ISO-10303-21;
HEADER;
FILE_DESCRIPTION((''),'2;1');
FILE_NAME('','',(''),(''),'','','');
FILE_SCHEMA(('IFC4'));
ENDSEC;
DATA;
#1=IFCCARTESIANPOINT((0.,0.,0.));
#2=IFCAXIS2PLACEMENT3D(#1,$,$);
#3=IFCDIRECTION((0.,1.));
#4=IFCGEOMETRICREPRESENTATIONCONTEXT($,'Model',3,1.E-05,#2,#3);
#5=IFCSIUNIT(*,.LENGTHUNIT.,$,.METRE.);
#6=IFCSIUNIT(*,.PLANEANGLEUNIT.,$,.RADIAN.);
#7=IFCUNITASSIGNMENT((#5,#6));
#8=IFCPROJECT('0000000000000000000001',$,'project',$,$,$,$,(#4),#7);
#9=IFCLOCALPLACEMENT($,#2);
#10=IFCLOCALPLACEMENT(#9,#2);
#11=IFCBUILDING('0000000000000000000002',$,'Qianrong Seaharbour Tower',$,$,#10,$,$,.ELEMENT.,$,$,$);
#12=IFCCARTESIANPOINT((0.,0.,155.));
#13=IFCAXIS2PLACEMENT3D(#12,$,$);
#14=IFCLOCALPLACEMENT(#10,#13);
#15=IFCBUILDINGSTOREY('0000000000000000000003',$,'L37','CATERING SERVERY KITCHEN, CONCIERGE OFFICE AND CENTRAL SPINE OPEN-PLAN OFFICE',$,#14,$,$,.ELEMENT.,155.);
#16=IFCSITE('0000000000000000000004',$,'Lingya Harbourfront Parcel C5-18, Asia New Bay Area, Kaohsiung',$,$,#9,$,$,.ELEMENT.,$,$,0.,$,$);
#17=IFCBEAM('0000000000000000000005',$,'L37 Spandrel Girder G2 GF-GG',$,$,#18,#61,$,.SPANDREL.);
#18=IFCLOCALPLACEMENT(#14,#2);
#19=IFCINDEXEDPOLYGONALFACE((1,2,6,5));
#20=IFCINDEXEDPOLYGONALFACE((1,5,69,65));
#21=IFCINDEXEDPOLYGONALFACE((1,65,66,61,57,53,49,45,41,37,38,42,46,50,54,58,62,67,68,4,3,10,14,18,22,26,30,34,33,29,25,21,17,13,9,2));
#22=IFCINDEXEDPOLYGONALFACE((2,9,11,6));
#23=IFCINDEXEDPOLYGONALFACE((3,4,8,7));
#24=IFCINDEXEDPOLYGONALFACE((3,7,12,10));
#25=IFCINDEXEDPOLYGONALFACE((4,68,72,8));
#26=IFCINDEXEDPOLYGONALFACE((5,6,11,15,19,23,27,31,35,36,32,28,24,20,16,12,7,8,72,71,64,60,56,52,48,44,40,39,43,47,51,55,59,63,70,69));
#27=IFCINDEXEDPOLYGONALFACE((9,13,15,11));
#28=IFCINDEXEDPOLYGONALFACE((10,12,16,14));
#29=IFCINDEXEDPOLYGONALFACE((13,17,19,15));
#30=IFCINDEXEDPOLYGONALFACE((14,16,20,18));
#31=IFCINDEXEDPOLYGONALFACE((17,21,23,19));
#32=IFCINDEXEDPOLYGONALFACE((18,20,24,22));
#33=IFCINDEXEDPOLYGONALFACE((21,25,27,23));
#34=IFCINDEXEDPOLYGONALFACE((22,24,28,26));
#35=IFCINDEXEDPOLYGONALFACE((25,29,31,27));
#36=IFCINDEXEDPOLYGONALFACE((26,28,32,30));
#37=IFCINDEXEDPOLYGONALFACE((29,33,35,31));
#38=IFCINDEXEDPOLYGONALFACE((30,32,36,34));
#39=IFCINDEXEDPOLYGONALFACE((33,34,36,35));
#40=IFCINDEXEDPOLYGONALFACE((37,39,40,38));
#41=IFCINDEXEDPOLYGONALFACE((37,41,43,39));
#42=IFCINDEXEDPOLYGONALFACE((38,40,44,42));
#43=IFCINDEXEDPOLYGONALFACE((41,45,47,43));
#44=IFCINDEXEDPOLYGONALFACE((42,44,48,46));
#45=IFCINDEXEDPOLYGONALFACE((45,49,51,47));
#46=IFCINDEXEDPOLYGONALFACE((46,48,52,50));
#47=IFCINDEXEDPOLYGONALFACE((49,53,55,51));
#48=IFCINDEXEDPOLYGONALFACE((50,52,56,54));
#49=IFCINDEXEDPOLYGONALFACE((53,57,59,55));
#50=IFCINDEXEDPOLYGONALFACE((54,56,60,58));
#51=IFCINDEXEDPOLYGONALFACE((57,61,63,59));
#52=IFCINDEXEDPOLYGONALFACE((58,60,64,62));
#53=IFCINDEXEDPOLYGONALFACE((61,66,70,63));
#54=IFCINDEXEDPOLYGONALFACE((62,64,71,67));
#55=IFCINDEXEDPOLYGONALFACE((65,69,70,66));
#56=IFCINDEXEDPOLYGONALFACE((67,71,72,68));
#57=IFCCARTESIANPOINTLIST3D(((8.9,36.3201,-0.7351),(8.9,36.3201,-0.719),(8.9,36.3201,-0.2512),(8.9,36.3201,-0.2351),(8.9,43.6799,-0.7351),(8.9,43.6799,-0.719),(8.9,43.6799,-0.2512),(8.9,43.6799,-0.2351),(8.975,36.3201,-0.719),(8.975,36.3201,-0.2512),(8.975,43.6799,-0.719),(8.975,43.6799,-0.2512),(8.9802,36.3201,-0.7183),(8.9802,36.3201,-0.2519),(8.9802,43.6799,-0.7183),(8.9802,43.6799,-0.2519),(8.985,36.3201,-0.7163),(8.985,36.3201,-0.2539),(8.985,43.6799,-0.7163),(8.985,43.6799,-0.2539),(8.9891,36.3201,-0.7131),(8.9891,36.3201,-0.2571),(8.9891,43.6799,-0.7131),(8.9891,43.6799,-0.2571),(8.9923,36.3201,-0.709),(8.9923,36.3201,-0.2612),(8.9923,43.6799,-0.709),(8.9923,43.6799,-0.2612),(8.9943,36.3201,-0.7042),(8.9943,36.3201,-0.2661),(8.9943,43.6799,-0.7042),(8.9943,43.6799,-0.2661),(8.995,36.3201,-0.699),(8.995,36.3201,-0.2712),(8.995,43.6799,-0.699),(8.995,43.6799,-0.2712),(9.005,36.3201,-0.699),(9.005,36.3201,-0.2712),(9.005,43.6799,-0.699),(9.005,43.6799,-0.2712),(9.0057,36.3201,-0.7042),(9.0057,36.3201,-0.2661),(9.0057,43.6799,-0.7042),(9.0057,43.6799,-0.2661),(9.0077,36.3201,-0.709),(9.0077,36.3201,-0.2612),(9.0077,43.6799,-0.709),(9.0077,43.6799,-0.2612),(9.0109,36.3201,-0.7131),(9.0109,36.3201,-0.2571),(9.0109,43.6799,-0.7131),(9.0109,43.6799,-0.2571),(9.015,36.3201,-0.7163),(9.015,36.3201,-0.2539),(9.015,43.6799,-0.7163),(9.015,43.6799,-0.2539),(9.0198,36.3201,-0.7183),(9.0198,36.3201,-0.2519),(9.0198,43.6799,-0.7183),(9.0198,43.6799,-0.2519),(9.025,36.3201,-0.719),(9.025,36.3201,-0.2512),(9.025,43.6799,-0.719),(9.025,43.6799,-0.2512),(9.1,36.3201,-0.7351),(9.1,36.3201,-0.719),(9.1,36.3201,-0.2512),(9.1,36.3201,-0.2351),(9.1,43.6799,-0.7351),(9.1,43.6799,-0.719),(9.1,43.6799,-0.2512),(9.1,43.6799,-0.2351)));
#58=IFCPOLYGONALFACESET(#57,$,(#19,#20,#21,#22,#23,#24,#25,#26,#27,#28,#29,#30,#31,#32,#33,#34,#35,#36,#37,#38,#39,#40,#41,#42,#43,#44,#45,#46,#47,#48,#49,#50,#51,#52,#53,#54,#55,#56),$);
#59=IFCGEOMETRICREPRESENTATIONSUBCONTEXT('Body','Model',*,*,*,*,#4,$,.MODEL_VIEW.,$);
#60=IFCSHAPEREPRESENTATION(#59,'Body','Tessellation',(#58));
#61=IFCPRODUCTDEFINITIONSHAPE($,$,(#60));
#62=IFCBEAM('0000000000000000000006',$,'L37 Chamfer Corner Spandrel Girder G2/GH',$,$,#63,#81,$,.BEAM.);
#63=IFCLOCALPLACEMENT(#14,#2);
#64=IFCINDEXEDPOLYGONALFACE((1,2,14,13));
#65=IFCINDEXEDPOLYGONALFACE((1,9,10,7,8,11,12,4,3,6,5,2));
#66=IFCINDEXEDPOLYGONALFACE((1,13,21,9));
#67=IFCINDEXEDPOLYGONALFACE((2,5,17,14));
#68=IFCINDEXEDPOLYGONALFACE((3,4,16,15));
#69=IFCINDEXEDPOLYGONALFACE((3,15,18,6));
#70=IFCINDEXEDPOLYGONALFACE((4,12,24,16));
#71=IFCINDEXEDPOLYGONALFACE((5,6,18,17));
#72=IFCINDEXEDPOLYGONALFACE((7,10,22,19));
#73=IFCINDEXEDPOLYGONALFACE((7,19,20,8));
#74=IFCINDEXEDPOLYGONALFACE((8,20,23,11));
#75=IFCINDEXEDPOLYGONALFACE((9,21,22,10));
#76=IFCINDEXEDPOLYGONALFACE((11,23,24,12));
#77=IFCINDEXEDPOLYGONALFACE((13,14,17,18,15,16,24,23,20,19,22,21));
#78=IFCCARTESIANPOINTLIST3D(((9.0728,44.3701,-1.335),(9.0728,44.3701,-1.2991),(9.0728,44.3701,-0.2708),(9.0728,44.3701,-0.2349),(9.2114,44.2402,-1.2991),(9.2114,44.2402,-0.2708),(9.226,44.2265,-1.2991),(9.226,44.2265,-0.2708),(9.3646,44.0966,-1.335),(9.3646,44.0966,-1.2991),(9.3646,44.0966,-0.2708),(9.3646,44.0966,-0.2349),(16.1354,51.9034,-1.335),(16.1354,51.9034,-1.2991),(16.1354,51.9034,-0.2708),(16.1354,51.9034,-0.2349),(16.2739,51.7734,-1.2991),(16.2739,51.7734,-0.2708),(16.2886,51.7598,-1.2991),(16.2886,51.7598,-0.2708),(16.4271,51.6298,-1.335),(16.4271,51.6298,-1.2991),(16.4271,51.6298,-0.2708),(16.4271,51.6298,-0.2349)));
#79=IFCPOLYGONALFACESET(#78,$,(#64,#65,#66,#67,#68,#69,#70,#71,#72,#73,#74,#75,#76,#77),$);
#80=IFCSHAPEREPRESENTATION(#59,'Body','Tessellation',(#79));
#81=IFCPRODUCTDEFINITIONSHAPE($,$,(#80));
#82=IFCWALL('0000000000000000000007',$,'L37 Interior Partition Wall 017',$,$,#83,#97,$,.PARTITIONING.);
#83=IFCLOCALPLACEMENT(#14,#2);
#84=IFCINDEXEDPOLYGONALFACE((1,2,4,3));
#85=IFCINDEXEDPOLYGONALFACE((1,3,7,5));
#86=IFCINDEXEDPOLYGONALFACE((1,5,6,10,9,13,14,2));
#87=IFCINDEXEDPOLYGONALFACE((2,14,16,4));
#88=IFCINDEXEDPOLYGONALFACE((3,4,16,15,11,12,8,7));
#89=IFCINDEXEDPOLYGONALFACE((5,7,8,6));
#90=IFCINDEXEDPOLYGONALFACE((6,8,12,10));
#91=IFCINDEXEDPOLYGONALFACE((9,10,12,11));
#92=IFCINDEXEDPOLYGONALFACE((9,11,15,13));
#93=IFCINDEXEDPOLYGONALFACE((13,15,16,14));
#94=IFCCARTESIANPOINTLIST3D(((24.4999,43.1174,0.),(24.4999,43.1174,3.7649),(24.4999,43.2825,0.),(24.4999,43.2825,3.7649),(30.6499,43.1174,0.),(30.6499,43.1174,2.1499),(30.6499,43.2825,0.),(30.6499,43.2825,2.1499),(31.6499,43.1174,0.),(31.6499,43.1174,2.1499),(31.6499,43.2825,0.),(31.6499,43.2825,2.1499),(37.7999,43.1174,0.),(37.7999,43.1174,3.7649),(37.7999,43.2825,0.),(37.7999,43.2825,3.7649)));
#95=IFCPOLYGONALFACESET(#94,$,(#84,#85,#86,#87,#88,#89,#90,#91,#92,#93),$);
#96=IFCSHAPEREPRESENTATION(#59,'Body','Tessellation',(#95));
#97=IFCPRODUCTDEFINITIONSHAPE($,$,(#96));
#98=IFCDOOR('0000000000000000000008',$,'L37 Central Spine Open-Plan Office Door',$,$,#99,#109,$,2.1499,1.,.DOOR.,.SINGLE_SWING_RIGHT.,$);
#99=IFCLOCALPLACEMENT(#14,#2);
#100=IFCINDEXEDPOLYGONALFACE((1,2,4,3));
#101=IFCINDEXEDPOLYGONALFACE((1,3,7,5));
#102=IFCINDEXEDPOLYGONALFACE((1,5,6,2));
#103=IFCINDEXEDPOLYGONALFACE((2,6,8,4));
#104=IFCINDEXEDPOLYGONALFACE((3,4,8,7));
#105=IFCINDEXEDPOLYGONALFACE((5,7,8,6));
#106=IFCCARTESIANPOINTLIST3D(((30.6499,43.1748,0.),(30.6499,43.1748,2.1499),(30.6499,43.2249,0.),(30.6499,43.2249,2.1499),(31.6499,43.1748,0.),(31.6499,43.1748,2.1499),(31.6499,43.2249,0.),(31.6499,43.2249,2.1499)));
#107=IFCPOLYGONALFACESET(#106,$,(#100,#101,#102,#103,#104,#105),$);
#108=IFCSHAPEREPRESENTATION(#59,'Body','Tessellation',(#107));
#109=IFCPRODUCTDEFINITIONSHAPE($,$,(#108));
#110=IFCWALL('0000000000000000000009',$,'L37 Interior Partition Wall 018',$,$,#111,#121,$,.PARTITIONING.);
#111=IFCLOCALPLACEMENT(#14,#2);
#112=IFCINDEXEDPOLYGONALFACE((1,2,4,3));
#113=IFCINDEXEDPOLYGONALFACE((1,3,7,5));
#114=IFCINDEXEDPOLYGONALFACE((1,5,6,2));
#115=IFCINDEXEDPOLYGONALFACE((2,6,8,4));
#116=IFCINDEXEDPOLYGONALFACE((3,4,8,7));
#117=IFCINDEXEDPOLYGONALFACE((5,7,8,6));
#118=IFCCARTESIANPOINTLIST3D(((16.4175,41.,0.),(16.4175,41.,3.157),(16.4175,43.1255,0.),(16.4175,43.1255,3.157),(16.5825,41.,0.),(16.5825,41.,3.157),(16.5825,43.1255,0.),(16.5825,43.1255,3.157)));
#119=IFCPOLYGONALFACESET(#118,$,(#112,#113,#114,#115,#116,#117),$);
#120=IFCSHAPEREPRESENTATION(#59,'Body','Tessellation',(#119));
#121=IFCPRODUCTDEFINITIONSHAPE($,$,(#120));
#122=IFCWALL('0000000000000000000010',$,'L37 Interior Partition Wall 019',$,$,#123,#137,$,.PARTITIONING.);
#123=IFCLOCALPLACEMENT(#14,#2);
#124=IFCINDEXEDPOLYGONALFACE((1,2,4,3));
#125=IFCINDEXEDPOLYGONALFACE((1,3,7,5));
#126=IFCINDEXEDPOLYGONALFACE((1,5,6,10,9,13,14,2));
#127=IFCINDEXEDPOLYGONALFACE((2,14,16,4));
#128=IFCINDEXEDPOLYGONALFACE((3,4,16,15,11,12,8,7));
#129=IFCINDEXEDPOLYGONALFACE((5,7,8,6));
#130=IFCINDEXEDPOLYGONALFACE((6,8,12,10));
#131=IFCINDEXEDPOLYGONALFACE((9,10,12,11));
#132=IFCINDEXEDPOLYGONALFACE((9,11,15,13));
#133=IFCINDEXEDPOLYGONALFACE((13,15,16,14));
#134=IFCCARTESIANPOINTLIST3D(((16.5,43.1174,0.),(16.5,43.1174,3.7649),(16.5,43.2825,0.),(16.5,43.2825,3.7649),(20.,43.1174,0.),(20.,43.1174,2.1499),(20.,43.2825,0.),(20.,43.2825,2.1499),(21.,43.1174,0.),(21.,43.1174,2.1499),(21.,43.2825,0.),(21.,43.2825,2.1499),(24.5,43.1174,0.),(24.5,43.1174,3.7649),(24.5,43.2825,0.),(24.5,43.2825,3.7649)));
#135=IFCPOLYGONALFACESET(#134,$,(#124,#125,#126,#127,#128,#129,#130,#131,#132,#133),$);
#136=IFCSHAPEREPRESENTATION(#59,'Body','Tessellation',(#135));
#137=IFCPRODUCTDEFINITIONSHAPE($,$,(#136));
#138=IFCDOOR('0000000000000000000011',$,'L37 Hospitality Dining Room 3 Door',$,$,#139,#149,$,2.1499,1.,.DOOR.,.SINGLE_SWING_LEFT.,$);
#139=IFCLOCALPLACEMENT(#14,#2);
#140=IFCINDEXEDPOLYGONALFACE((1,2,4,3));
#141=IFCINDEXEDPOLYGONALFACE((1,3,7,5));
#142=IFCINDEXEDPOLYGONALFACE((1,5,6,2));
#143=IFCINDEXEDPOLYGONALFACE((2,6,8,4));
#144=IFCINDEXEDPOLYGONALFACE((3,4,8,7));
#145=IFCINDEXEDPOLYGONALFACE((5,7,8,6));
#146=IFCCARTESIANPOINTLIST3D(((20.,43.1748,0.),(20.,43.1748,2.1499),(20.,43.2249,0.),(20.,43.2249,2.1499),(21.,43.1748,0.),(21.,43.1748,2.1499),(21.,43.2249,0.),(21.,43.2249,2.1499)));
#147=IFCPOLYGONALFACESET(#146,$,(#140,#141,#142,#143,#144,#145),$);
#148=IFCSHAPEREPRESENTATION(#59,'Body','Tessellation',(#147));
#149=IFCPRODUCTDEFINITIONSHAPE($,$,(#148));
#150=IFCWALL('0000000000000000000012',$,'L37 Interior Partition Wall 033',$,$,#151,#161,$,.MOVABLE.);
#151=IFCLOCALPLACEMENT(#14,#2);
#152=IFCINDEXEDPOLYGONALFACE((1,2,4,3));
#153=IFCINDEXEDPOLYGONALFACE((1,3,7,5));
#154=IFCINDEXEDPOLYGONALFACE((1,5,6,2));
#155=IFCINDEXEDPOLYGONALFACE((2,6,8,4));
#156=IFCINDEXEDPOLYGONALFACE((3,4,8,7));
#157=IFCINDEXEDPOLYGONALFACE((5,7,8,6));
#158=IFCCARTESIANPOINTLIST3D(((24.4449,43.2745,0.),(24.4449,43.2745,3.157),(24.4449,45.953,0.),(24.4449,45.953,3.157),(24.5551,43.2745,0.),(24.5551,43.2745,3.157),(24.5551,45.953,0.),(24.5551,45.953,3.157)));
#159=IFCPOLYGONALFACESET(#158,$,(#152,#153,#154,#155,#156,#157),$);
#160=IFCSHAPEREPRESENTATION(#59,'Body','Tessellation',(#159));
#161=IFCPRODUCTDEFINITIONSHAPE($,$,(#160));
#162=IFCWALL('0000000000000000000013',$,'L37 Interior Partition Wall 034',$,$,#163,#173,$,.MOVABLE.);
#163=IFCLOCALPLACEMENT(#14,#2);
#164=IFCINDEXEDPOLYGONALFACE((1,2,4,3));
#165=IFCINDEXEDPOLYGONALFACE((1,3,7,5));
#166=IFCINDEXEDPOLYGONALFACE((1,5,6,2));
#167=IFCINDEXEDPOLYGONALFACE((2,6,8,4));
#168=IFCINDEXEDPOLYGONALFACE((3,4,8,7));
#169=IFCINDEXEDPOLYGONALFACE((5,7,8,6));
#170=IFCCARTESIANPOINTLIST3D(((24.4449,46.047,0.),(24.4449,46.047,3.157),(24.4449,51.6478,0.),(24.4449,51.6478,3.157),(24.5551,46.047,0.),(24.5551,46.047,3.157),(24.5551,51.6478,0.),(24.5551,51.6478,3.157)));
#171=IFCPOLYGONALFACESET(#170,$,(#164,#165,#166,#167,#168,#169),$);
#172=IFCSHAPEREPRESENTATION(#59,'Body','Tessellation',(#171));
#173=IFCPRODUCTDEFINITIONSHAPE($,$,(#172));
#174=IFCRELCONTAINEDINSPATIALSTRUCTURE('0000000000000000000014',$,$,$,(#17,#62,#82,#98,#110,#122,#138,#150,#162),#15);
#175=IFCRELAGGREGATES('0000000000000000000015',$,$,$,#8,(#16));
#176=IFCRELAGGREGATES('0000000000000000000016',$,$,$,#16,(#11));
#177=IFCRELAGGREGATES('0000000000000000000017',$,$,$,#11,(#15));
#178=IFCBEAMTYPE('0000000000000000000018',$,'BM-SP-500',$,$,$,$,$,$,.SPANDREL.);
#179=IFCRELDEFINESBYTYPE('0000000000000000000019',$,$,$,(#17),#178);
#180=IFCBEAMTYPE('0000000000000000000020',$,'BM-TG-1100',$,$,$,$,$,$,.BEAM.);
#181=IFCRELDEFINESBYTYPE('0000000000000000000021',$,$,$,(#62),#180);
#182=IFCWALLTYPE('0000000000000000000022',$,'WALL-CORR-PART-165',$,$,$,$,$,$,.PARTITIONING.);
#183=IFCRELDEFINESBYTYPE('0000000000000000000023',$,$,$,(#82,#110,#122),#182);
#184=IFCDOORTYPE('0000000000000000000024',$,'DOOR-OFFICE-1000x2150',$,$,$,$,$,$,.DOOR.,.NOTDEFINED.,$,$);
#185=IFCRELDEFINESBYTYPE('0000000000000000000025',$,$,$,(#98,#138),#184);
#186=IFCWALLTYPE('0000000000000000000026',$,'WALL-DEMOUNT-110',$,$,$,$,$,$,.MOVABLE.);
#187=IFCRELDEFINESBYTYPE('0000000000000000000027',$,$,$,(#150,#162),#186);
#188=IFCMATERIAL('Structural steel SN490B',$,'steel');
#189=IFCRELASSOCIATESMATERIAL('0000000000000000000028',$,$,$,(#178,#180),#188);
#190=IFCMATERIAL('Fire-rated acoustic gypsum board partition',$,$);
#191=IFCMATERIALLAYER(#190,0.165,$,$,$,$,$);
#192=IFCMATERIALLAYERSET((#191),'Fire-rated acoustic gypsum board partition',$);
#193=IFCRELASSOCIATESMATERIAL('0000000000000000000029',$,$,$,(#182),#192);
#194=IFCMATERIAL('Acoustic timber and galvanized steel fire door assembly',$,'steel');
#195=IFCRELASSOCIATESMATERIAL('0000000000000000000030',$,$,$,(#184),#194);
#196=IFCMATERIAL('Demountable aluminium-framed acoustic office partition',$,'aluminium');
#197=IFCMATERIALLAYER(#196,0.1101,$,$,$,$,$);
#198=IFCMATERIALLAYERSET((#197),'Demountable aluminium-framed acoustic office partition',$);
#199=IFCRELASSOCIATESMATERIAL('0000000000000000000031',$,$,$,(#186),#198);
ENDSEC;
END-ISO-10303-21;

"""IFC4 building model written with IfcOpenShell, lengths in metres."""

from ifc_helpers import new_model, si_unit, direction, frame, frame_2d, origin, origin_2d, place, context, subcontext, project, spatial, rectangle, i_section, extrude, material, layer, layer_set, material_profile, profile_set, type_object, element, fill, save


model = new_model("IFC4")

# Units and contexts
model_context = context("Model", 3, precision=1e-05, world=origin(), true_north=direction((0.0, 1.0)))
body_context = subcontext(model_context, "Body", "Model", "MODEL_VIEW")
ifc_project = project(units=[si_unit("LENGTHUNIT", "METRE"), si_unit("PLANEANGLEUNIT", "RADIAN")], contexts=[model_context])

# Site, building, storey
site_placement = place(None, origin())
site = spatial("IfcSite", under=ifc_project, at=site_placement, Name="Lingya Harbourfront Parcel C5-18, Asia New Bay Area, Kaohsiung", CompositionType="ELEMENT", RefElevation=0.0)
building_placement = place(site_placement, origin())
building = spatial("IfcBuilding", under=site, at=building_placement, Name="Qianrong Seaharbour Tower", CompositionType="ELEMENT")
storey_placement = place(building_placement, frame((0.0, 0.0, 155.0)))
storey = spatial("IfcBuildingStorey", under=building, at=storey_placement, Name="L37", Description="CATERING SERVERY KITCHEN, CONCIERGE OFFICE AND CENTRAL SPINE OPEN-PLAN OFFICE", CompositionType="ELEMENT", Elevation=155.0)

# Shared definitions
ifc_material_1 = material(Name="Structural steel SN490B", Category="steel")

# Beams
ifc_material_profile_1 = material_profile(ifc_material_1, i_section(OverallWidth=0.2, OverallDepth=0.5, WebThickness=0.01, FlangeThickness=0.0161, FilletRadius=0.02, at=origin_2d()), Name="H500x200x10x16")
ifc_profile_set_1 = profile_set([ifc_material_profile_1], Name="Structural steel SN490B")
beam_type_1 = type_object("IfcBeamType", Name="BM-SP-500", PredefinedType="SPANDREL", material=ifc_profile_set_1)
for number, where, z_axis, x_axis, name in (
    (1, (9.0, 36.3201, -0.4851), (0.0, 1.0, 0.0), (-1.0, 0.0, 0.0), "L37 Spandrel Girder G2 GF-GG"),
):
    element("IfcBeam", number, at=place(storey_placement, frame(where, z_axis=z_axis, x_axis=x_axis)), inside=storey, type_object=beam_type_1, Name=name, PredefinedType="SPANDREL", context=body_context, shape_type="SweptSolid", body=[
        extrude(i_section(OverallWidth=0.2, OverallDepth=0.5, WebThickness=0.01, FlangeThickness=0.0161, FilletRadius=0.02, at=origin_2d()), origin(), (0.0, 0.0, 1.0), 7.3599),
    ])
ifc_material_profile_2 = material_profile(ifc_material_1, i_section(OverallWidth=0.3999, OverallDepth=1.1001, WebThickness=0.02, FlangeThickness=0.0359, at=origin_2d()), Name="BH1100x400x20x36")
ifc_profile_set_2 = profile_set([ifc_material_profile_2], Name="Structural steel SN490B")
beam_type_2 = type_object("IfcBeamType", Name="BM-TG-1100", PredefinedType="BEAM", material=ifc_profile_set_2)
beam_1_placement = place(storey_placement, frame((16.2812, 51.7666, -0.7849), z_axis=(-0.683947, -0.729531, 0.0), x_axis=(0.729531, -0.683947, 0.0)))
element("IfcBeam", 2, at=beam_1_placement, inside=storey, type_object=beam_type_2, Name="L37 Chamfer Corner Spandrel Girder G2/GH", PredefinedType="BEAM", context=body_context, shape_type="SweptSolid", body=[
    extrude(i_section(OverallWidth=0.3999, OverallDepth=1.1001, WebThickness=0.02, FlangeThickness=0.0359, at=origin_2d()), origin(), (0.0, 0.0, 1.0), 10.3262),
])

# Wall, opening, door
ifc_material_2 = material(Name="Fire-rated acoustic gypsum board partition")
ifc_layer_1 = layer(ifc_material_2, 0.165)
ifc_layer_set_1 = layer_set([ifc_layer_1], Name="Fire-rated acoustic gypsum board partition")
wall_type_1 = type_object("IfcWallType", Name="WALL-CORR-PART-165", PredefinedType="PARTITIONING", material=ifc_layer_set_1)
wall_1_placement = place(storey_placement, frame((24.5, 43.2, 0.0), z_axis=(0.0, 0.0, 1.0), x_axis=(1.0, 0.0, 0.0)))
wall_1 = element("IfcWall", 3, at=wall_1_placement, inside=storey, type_object=wall_type_1, Name="L37 Interior Partition Wall 017", PredefinedType="PARTITIONING", context=body_context, shape_type="SweptSolid", body=[
    extrude(rectangle(XDim=13.3, YDim=0.165, at=frame_2d((6.6499, 0.0))), origin(), (0.0, 0.0, 1.0), 3.7649),
])
opening_1_placement = place(wall_1_placement, frame((6.1499, 0.0, 0.0)))
opening_1 = element("IfcOpeningElement", 4, at=opening_1_placement, cuts=wall_1, PredefinedType="OPENING", context=body_context, shape_type="SweptSolid", body=[
    extrude(rectangle(XDim=1.0, YDim=2.1499, at=frame_2d((0.5, 1.075))), frame((0.0, 0.0925, 0.0), z_axis=(0.0, -1.0, 0.0), x_axis=(1.0, 0.0, 0.0)), (0.0, 0.0, 1.0), 0.1851),
])
ifc_material_3 = material(Name="Acoustic timber and galvanized steel fire door assembly", Category="steel")
door_type = type_object("IfcDoorType", Name="DOOR-OFFICE-1000x2150", OperationType="NOTDEFINED", PredefinedType="DOOR", material=ifc_material_3)
door_1_placement = place(opening_1_placement, origin())
door_1 = element("IfcDoor", 5, at=door_1_placement, inside=storey, type_object=door_type, Name="L37 Central Spine Open-Plan Office Door", OperationType="SINGLE_SWING_RIGHT", OverallHeight=2.1499, OverallWidth=1.0, PredefinedType="DOOR", context=body_context, shape_type="SweptSolid", body=[
    extrude(rectangle(XDim=1.0, YDim=2.1499, at=frame_2d((0.5, 1.075))), frame((0.0, 0.0249, 0.0), z_axis=(0.0, -1.0, 0.0), x_axis=(1.0, 0.0, 0.0)), (0.0, 0.0, 1.0), 0.05),
])
fill(opening_1, door_1)

# Wall
wall_2_placement = place(storey_placement, frame((16.5, 41.0, 0.0), z_axis=(0.0, 0.0, 1.0), x_axis=(0.0, 1.0, 0.0)))
element("IfcWall", 6, at=wall_2_placement, inside=storey, type_object=wall_type_1, Name="L37 Interior Partition Wall 018", PredefinedType="PARTITIONING", context=body_context, shape_type="SweptSolid", body=[
    extrude(rectangle(XDim=2.1255, YDim=0.165, at=frame_2d((1.0627, 0.0))), origin(), (0.0, 0.0, 1.0), 3.157),
])

# Wall, opening, door
wall_3_placement = place(storey_placement, frame((16.5, 43.2, 0.0), z_axis=(0.0, 0.0, 1.0), x_axis=(1.0, 0.0, 0.0)))
wall_3 = element("IfcWall", 7, at=wall_3_placement, inside=storey, type_object=wall_type_1, Name="L37 Interior Partition Wall 019", PredefinedType="PARTITIONING", context=body_context, shape_type="SweptSolid", body=[
    extrude(rectangle(XDim=8.0, YDim=0.165, at=frame_2d((4.0, 0.0))), origin(), (0.0, 0.0, 1.0), 3.7649),
])
opening_2_placement = place(wall_3_placement, frame((3.5, 0.0, 0.0)))
opening_2 = element("IfcOpeningElement", 8, at=opening_2_placement, cuts=wall_3, PredefinedType="OPENING", context=body_context, shape_type="SweptSolid", body=[
    extrude(rectangle(XDim=1.0, YDim=2.1499, at=frame_2d((0.5, 1.075))), frame((0.0, 0.0925, 0.0), z_axis=(0.0, -1.0, 0.0), x_axis=(1.0, 0.0, 0.0)), (0.0, 0.0, 1.0), 0.1851),
])
door_2_placement = place(opening_2_placement, origin())
door_2 = element("IfcDoor", 9, at=door_2_placement, inside=storey, type_object=door_type, Name="L37 Hospitality Dining Room 3 Door", OperationType="SINGLE_SWING_LEFT", OverallHeight=2.1499, OverallWidth=1.0, PredefinedType="DOOR", context=body_context, shape_type="SweptSolid", body=[
    extrude(rectangle(XDim=1.0, YDim=2.1499, at=frame_2d((0.5, 1.075))), frame((0.0, 0.0249, 0.0), z_axis=(0.0, -1.0, 0.0), x_axis=(1.0, 0.0, 0.0)), (0.0, 0.0, 1.0), 0.05),
])
fill(opening_2, door_2)

# Walls
ifc_material_4 = material(Name="Demountable aluminium-framed acoustic office partition", Category="aluminium")
ifc_layer_2 = layer(ifc_material_4, 0.1101)
ifc_layer_set_2 = layer_set([ifc_layer_2], Name="Demountable aluminium-framed acoustic office partition")
wall_type_2 = type_object("IfcWallType", Name="WALL-DEMOUNT-110", PredefinedType="MOVABLE", material=ifc_layer_set_2)
wall_4_placement = place(storey_placement, frame((24.5, 43.2744, 0.0), z_axis=(0.0, 0.0, 1.0), x_axis=(0.0, 1.0, 0.0)))
element("IfcWall", 10, at=wall_4_placement, inside=storey, type_object=wall_type_2, Name="L37 Interior Partition Wall 033", PredefinedType="MOVABLE", context=body_context, shape_type="SweptSolid", body=[
    extrude(rectangle(XDim=2.6785, YDim=0.1101, at=frame_2d((1.3394, 0.0))), origin(), (0.0, 0.0, 1.0), 3.157),
])
wall_5_placement = place(storey_placement, frame((24.5, 46.0471, 0.0), z_axis=(0.0, 0.0, 1.0), x_axis=(0.0, 1.0, 0.0)))
element("IfcWall", 11, at=wall_5_placement, inside=storey, type_object=wall_type_2, Name="L37 Interior Partition Wall 034", PredefinedType="MOVABLE", context=body_context, shape_type="SweptSolid", body=[
    extrude(rectangle(XDim=5.6008, YDim=0.1101, at=frame_2d((2.8003, 0.0))), origin(), (0.0, 0.0, 1.0), 3.157),
])

save(model, "model.ifc")
